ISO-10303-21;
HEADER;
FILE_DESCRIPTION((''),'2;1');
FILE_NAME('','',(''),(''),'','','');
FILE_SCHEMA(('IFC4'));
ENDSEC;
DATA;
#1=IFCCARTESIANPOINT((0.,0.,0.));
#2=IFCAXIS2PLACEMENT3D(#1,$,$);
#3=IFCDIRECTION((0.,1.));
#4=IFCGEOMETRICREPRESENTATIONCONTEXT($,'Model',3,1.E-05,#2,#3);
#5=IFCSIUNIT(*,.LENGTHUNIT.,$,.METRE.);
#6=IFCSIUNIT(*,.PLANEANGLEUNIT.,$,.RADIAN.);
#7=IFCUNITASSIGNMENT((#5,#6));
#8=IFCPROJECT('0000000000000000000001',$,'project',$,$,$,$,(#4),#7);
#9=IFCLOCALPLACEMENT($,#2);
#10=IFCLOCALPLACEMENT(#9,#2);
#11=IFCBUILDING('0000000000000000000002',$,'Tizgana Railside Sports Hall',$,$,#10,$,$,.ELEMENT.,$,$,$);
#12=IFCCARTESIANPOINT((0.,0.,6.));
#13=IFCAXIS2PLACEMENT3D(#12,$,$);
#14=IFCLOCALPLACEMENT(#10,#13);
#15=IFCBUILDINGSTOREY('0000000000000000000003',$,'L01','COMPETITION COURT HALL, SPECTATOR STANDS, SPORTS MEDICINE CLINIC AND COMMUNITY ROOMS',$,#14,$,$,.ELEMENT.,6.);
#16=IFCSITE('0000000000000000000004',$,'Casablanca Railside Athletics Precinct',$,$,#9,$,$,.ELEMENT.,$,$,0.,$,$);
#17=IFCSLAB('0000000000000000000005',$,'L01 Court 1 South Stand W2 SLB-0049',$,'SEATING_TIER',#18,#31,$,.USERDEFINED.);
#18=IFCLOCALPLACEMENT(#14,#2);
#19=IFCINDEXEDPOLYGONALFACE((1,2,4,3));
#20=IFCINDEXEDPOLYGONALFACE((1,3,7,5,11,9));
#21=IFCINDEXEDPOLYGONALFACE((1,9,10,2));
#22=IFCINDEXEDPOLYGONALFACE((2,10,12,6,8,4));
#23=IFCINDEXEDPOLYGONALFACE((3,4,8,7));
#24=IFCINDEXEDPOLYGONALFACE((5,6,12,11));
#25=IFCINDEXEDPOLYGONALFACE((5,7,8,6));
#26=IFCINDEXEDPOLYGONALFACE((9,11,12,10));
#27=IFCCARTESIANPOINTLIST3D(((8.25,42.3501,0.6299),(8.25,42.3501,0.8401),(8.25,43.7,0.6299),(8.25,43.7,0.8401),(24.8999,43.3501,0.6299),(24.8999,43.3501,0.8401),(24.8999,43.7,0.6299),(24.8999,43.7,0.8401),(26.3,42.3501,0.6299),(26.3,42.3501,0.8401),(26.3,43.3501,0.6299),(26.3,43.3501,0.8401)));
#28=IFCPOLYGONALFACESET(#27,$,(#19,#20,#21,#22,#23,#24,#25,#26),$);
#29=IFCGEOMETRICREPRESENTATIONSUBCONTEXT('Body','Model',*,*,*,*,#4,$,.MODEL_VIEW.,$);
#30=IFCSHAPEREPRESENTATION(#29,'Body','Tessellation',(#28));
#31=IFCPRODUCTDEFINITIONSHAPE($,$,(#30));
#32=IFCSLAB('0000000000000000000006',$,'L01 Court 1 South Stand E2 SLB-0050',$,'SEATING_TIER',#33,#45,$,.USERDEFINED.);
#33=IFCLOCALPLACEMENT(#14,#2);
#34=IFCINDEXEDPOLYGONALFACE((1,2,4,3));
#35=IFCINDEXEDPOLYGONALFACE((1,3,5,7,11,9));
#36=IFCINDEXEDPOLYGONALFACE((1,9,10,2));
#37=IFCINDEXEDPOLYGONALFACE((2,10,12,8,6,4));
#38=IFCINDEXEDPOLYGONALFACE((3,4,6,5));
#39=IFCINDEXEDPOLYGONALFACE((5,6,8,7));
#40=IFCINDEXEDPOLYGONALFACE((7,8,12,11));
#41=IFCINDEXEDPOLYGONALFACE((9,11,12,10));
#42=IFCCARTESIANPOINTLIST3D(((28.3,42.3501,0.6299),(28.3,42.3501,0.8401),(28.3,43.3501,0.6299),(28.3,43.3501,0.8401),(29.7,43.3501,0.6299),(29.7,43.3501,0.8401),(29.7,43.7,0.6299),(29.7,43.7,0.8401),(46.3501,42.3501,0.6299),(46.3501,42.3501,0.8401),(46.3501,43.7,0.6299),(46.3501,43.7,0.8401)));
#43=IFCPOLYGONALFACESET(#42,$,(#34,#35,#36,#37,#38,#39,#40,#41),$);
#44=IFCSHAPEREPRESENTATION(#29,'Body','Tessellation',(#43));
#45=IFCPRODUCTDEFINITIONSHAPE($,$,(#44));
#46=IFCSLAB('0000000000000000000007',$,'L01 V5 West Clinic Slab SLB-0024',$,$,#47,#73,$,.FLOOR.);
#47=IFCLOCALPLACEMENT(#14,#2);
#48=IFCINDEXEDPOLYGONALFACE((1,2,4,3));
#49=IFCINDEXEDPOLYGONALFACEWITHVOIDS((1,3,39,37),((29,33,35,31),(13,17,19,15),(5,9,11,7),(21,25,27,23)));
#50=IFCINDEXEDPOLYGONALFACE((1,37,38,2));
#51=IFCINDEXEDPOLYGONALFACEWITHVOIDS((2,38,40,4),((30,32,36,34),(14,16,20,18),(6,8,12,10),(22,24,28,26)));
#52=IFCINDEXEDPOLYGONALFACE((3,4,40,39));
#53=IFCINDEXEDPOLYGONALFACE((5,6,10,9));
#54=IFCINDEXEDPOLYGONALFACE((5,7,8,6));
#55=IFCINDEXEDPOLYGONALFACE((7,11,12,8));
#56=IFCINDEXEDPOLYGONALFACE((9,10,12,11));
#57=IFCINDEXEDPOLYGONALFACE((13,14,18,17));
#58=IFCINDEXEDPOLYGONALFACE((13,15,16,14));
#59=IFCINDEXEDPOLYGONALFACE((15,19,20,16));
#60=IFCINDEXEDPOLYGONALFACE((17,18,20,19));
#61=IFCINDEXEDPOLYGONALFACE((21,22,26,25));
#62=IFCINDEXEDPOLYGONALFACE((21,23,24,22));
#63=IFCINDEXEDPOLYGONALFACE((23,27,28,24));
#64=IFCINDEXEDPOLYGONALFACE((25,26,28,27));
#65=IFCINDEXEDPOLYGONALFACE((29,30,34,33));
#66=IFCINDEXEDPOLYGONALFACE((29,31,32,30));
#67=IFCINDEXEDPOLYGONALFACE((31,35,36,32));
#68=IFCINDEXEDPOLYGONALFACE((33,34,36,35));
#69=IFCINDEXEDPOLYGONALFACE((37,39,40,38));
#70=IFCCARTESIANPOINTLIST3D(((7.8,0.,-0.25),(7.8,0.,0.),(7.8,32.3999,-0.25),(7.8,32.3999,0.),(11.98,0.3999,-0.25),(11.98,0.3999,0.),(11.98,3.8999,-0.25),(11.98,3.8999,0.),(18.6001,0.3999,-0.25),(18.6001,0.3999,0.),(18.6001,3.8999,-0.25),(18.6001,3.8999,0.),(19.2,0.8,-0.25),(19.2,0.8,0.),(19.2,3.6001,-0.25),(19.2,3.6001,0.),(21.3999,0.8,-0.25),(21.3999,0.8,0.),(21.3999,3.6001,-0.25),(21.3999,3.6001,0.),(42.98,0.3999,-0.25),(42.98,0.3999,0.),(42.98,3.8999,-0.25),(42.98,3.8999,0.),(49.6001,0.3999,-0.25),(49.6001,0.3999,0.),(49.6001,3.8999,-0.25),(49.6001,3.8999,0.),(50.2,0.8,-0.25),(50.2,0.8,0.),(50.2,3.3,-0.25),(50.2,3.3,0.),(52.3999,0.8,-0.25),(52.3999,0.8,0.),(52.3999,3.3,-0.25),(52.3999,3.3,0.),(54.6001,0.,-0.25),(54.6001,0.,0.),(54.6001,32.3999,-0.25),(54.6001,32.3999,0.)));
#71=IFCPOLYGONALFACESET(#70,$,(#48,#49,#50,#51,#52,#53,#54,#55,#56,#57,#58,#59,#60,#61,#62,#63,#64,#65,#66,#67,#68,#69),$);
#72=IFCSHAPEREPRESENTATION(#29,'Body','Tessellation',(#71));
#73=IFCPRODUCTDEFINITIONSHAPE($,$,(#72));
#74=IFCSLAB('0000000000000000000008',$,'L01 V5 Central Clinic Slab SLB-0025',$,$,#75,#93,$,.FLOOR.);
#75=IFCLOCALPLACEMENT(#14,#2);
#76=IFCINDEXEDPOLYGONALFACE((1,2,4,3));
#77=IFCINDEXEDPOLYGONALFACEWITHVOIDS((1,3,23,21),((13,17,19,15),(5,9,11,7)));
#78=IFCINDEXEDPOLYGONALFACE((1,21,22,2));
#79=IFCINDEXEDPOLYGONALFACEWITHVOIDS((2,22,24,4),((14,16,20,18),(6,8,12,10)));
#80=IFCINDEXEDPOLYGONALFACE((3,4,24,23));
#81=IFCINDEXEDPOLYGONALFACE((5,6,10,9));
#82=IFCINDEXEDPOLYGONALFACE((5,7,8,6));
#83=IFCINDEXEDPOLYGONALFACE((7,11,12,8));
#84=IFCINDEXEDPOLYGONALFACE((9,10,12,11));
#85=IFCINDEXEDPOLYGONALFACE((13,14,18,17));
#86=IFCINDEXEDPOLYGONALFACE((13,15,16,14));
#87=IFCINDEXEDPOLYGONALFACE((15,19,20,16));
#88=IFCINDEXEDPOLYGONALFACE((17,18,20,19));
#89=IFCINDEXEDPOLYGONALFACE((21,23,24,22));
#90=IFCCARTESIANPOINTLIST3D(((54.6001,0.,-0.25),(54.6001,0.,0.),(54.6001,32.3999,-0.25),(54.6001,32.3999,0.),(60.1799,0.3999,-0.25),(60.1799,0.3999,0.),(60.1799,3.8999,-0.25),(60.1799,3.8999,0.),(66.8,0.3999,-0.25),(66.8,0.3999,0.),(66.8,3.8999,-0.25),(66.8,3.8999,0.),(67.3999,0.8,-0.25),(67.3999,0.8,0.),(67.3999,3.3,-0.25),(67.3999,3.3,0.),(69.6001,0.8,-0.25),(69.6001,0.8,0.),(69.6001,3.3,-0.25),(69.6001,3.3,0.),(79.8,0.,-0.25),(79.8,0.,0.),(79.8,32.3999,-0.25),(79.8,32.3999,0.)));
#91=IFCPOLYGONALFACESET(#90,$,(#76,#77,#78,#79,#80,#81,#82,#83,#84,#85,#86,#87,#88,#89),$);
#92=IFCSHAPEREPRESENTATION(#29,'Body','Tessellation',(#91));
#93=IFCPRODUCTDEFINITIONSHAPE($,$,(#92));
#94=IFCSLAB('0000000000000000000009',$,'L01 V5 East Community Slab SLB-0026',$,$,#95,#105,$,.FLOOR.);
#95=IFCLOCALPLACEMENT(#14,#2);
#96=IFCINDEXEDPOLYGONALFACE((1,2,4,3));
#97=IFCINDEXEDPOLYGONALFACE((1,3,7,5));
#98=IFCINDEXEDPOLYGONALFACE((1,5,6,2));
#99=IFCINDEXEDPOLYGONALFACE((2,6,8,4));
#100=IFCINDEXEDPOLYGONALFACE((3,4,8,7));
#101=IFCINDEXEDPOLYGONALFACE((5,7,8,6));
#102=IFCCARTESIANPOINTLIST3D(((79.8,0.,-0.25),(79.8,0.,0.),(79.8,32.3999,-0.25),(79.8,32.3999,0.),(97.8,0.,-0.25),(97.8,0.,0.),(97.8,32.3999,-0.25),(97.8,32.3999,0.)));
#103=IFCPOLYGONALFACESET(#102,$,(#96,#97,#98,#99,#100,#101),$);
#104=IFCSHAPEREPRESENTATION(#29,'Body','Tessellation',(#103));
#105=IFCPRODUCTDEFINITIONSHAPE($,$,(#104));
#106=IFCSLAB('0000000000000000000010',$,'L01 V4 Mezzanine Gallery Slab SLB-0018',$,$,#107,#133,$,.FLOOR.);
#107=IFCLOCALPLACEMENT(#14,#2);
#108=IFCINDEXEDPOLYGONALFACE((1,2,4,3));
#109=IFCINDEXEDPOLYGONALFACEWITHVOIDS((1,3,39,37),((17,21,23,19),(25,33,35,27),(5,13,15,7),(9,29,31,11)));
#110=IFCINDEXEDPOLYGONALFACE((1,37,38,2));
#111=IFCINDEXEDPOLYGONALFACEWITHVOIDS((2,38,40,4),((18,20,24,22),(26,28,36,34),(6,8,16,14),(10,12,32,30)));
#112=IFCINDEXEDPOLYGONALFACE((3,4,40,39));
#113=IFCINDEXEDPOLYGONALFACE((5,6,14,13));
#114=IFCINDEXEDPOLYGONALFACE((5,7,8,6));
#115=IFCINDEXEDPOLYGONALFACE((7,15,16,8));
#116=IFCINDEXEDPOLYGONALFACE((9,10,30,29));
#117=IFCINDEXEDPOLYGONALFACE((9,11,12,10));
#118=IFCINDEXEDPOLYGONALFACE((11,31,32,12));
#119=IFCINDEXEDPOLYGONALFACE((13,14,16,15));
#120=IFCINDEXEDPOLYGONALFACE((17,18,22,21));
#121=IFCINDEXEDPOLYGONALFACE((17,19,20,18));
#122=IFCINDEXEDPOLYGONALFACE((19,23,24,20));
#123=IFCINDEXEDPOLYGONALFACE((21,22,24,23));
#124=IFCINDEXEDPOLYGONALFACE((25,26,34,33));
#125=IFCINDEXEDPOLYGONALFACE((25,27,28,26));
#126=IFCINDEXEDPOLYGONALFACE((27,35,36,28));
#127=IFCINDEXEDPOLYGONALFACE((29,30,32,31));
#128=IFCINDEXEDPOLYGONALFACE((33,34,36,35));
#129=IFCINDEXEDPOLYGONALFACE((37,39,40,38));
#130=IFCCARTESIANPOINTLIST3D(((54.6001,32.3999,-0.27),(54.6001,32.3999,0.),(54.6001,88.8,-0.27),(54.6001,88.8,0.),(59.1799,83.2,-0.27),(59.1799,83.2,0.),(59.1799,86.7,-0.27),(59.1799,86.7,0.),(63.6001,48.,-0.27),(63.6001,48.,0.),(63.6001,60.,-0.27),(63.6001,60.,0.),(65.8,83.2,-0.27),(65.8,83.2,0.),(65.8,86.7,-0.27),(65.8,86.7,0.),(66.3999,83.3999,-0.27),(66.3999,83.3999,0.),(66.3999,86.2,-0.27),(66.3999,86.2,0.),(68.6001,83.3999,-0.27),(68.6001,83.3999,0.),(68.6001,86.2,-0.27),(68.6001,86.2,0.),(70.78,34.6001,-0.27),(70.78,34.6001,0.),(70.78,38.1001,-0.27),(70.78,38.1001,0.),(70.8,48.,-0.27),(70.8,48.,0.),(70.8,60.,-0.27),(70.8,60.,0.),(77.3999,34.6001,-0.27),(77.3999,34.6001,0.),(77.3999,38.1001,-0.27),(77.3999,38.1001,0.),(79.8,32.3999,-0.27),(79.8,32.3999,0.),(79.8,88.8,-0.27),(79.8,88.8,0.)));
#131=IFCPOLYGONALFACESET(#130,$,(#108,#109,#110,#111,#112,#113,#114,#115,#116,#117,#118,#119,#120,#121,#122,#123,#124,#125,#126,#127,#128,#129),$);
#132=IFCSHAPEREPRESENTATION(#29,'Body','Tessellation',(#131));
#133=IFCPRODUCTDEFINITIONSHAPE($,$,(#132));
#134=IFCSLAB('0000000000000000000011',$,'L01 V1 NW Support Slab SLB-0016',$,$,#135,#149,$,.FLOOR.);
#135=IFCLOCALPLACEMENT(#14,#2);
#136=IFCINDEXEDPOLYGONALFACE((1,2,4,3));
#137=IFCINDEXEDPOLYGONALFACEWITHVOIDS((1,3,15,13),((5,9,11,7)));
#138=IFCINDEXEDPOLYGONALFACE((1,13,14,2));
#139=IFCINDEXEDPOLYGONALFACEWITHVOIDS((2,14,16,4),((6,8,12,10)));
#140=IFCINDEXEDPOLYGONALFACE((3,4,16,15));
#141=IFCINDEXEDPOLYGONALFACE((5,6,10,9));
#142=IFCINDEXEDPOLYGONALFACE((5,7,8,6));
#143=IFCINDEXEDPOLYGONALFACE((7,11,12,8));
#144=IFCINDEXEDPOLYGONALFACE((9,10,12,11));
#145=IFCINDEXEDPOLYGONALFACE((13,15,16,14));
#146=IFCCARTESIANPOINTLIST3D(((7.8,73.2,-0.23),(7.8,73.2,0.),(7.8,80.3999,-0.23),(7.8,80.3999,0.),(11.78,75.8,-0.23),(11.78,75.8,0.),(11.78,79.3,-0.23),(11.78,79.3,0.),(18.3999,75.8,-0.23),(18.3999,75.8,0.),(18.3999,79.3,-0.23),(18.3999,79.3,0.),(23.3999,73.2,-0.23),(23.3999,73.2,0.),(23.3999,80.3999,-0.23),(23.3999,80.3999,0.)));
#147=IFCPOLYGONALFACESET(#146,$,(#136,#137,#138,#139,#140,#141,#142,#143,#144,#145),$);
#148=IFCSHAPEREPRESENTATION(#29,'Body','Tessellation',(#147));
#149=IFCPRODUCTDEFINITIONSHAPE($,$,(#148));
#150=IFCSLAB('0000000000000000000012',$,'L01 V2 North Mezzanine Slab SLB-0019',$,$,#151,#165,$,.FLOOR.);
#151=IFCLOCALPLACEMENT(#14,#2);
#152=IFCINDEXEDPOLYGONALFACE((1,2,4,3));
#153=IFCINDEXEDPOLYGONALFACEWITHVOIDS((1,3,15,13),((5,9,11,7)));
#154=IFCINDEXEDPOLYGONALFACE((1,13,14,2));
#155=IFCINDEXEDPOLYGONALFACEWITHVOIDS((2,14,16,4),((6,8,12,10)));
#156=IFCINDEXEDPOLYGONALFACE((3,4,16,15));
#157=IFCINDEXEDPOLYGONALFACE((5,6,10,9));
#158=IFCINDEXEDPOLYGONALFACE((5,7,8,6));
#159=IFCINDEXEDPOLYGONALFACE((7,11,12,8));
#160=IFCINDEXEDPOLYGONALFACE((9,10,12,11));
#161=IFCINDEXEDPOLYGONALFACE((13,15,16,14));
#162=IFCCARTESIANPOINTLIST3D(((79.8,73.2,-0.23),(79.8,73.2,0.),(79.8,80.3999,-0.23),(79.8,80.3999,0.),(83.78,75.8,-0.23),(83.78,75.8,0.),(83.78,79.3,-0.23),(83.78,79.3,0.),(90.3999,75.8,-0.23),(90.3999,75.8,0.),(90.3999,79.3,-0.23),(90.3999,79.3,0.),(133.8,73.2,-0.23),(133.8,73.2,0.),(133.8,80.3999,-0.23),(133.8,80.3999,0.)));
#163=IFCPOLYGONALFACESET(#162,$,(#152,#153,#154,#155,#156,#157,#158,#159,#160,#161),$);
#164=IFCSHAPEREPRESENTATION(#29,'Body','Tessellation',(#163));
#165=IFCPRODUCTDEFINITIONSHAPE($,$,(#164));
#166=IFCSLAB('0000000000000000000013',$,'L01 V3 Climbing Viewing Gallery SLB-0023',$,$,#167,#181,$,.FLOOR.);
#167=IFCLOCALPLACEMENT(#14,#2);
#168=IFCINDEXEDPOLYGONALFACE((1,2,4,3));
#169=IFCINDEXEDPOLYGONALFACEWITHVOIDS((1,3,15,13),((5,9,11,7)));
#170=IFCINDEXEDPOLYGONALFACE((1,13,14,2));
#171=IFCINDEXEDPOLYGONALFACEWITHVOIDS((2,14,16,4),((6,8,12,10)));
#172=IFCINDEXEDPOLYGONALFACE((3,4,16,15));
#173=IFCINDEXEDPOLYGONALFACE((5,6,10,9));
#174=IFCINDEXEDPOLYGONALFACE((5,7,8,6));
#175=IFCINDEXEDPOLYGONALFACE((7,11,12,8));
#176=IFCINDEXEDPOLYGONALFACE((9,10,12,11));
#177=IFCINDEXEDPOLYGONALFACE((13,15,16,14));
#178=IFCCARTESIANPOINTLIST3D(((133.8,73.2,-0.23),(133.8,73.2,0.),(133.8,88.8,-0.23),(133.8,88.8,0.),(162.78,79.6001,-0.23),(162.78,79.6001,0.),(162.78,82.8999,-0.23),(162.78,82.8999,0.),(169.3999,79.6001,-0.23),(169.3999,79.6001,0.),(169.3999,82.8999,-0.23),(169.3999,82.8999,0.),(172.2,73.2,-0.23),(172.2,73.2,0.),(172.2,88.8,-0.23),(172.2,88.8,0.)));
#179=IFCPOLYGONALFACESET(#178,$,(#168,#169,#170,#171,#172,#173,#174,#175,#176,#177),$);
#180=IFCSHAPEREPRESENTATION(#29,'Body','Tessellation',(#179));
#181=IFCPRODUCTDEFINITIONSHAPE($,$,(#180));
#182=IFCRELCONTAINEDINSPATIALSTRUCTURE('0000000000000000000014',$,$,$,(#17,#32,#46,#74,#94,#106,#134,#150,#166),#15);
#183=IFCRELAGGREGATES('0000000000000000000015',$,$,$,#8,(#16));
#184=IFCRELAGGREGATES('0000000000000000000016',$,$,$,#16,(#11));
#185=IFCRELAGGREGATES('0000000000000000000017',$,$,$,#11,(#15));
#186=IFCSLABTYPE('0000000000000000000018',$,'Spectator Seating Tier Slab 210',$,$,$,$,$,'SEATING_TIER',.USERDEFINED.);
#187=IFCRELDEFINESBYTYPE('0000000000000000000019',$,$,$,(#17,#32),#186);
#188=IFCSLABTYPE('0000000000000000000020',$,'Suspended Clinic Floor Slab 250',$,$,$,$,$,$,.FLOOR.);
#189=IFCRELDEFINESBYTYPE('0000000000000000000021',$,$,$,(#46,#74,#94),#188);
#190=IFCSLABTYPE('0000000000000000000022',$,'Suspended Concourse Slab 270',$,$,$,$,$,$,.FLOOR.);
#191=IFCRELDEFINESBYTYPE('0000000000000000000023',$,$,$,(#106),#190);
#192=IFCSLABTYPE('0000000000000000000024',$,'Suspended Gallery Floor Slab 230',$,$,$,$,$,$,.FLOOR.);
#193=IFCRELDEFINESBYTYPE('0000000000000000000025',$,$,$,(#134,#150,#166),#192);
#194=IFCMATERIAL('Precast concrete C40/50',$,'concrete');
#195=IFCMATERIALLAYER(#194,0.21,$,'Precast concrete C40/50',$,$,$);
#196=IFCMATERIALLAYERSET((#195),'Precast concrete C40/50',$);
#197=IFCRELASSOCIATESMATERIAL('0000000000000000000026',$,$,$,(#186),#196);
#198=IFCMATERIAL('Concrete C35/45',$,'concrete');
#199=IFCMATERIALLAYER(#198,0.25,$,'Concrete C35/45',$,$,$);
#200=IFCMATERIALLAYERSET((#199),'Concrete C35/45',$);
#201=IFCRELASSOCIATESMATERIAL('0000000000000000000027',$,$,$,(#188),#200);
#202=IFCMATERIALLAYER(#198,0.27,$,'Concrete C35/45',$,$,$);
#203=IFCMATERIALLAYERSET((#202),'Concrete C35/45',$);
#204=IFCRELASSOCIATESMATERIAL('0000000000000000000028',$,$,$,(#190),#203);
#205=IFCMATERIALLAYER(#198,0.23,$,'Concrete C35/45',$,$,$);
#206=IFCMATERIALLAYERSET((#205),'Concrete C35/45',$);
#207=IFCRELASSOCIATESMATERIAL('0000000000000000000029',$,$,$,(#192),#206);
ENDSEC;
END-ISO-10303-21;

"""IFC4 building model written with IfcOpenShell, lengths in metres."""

from ifc_helpers import new_model, si_unit, direction, frame, origin, place, context, subcontext, project, spatial, polyline, outline, extrude, material, layer, layer_set, type_object, element, save


model = new_model("IFC4")

# Units and contexts
model_context = context("Model", 3, precision=1e-05, world=origin(), true_north=direction((0.0, 1.0)))
body_context = subcontext(model_context, "Body", "Model", "MODEL_VIEW")
ifc_project = project(units=[si_unit("LENGTHUNIT", "METRE"), si_unit("PLANEANGLEUNIT", "RADIAN")], contexts=[model_context])

# Site, building, storey
site_placement = place(None, origin())
site = spatial("IfcSite", under=ifc_project, at=site_placement, Name="Casablanca Railside Athletics Precinct", CompositionType="ELEMENT", RefElevation=0.0)
building_placement = place(site_placement, origin())
building = spatial("IfcBuilding", under=site, at=building_placement, Name="Tizgana Railside Sports Hall", CompositionType="ELEMENT")
storey_placement = place(building_placement, frame((0.0, 0.0, 6.0)))
storey = spatial("IfcBuildingStorey", under=building, at=storey_placement, Name="L01", Description="COMPETITION COURT HALL, SPECTATOR STANDS, SPORTS MEDICINE CLINIC AND COMMUNITY ROOMS", CompositionType="ELEMENT", Elevation=6.0)

# Shared definitions
ifc_material_1 = material(Name="Concrete C35/45", Category="concrete")

# Slabs
ifc_material_2 = material(Name="Precast concrete C40/50", Category="concrete")
ifc_layer_1 = layer(ifc_material_2, 0.21, Name="Precast concrete C40/50")
ifc_layer_set_1 = layer_set([ifc_layer_1], Name="Precast concrete C40/50")
slab_type_1 = type_object("IfcSlabType", Name="Spectator Seating Tier Slab 210", ElementType="SEATING_TIER", PredefinedType="USERDEFINED", material=ifc_layer_set_1)
slab_1_placement = place(storey_placement, frame((0.0, 0.0, 0.6299)))
element("IfcSlab", 1, at=slab_1_placement, inside=storey, type_object=slab_type_1, Name="L01 Court 1 South Stand W2 SLB-0049", ObjectType="SEATING_TIER", PredefinedType="USERDEFINED", context=body_context, shape_type="SweptSolid", body=[
    extrude(outline(polyline([(8.25, 42.3501), (26.3, 42.3501), (26.3, 43.3501), (24.8999, 43.3501), (24.8999, 43.7), (8.25, 43.7), (8.25, 42.3501)])), origin(), (0.0, 0.0, 1.0), 0.2102),
])
slab_2_placement = place(storey_placement, frame((0.0, 0.0, 0.6299)))
element("IfcSlab", 2, at=slab_2_placement, inside=storey, type_object=slab_type_1, Name="L01 Court 1 South Stand E2 SLB-0050", ObjectType="SEATING_TIER", PredefinedType="USERDEFINED", context=body_context, shape_type="SweptSolid", body=[
    extrude(outline(polyline([(28.3, 42.3501), (46.3501, 42.3501), (46.3501, 43.7), (29.7, 43.7), (29.7, 43.3501), (28.3, 43.3501), (28.3, 42.3501)])), origin(), (0.0, 0.0, 1.0), 0.2102),
])
ifc_layer_2 = layer(ifc_material_1, 0.25, Name="Concrete C35/45")
ifc_layer_set_2 = layer_set([ifc_layer_2], Name="Concrete C35/45")
slab_type_2 = type_object("IfcSlabType", Name="Suspended Clinic Floor Slab 250", PredefinedType="FLOOR", material=ifc_layer_set_2)
slab_3_placement = place(storey_placement, frame((0.0, 0.0, -0.25)))
element("IfcSlab", 3, at=slab_3_placement, inside=storey, type_object=slab_type_2, Name="L01 V5 West Clinic Slab SLB-0024", PredefinedType="FLOOR", context=body_context, shape_type="SweptSolid", body=[
    extrude(outline(polyline([(7.8, 0.0), (54.6001, 0.0), (54.6001, 32.3999), (7.8, 32.3999), (7.8, 0.0)]), holes=[polyline([(11.98, 0.3999), (18.6001, 0.3999), (18.6001, 3.8999), (11.98, 3.8999), (11.98, 0.3999)]), polyline([(19.2, 0.8), (21.3999, 0.8), (21.3999, 3.6001), (19.2, 3.6001), (19.2, 0.8)]), polyline([(42.98, 0.3999), (49.6001, 0.3999), (49.6001, 3.8999), (42.98, 3.8999), (42.98, 0.3999)]), polyline([(50.2, 0.8), (52.3999, 0.8), (52.3999, 3.3), (50.2, 3.3), (50.2, 0.8)])]), origin(), (0.0, 0.0, 1.0), 0.25),
])
slab_4_placement = place(storey_placement, frame((0.0, 0.0, -0.25)))
element("IfcSlab", 4, at=slab_4_placement, inside=storey, type_object=slab_type_2, Name="L01 V5 Central Clinic Slab SLB-0025", PredefinedType="FLOOR", context=body_context, shape_type="SweptSolid", body=[
    extrude(outline(polyline([(54.6001, 0.0), (79.8, 0.0), (79.8, 32.3999), (54.6001, 32.3999), (54.6001, 0.0)]), holes=[polyline([(60.1799, 0.3999), (66.8, 0.3999), (66.8, 3.8999), (60.1799, 3.8999), (60.1799, 0.3999)]), polyline([(67.3999, 0.8), (69.6001, 0.8), (69.6001, 3.3), (67.3999, 3.3), (67.3999, 0.8)])]), origin(), (0.0, 0.0, 1.0), 0.25),
])
slab_5_placement = place(storey_placement, frame((0.0, 0.0, -0.25)))
element("IfcSlab", 5, at=slab_5_placement, inside=storey, type_object=slab_type_2, Name="L01 V5 East Community Slab SLB-0026", PredefinedType="FLOOR", context=body_context, shape_type="SweptSolid", body=[
    extrude(outline(polyline([(79.8, 0.0), (97.8, 0.0), (97.8, 32.3999), (79.8, 32.3999), (79.8, 0.0)])), origin(), (0.0, 0.0, 1.0), 0.25),
])
ifc_layer_3 = layer(ifc_material_1, 0.27, Name="Concrete C35/45")
ifc_layer_set_3 = layer_set([ifc_layer_3], Name="Concrete C35/45")
slab_type_3 = type_object("IfcSlabType", Name="Suspended Concourse Slab 270", PredefinedType="FLOOR", material=ifc_layer_set_3)
slab_6_placement = place(storey_placement, frame((0.0, 0.0, -0.27)))
element("IfcSlab", 6, at=slab_6_placement, inside=storey, type_object=slab_type_3, Name="L01 V4 Mezzanine Gallery Slab SLB-0018", PredefinedType="FLOOR", context=body_context, shape_type="SweptSolid", body=[
    extrude(outline(polyline([(54.6001, 32.3999), (79.8, 32.3999), (79.8, 88.8), (54.6001, 88.8), (54.6001, 32.3999)]), holes=[polyline([(59.1799, 83.2), (65.8, 83.2), (65.8, 86.7), (59.1799, 86.7), (59.1799, 83.2)]), polyline([(66.3999, 83.3999), (68.6001, 83.3999), (68.6001, 86.2), (66.3999, 86.2), (66.3999, 83.3999)]), polyline([(70.78, 34.6001), (77.3999, 34.6001), (77.3999, 38.1001), (70.78, 38.1001), (70.78, 34.6001)]), polyline([(63.6001, 48.0), (70.8, 48.0), (70.8, 60.0), (63.6001, 60.0), (63.6001, 48.0)])]), origin(), (0.0, 0.0, 1.0), 0.27),
])
ifc_layer_4 = layer(ifc_material_1, 0.23, Name="Concrete C35/45")
ifc_layer_set_4 = layer_set([ifc_layer_4], Name="Concrete C35/45")
slab_type_4 = type_object("IfcSlabType", Name="Suspended Gallery Floor Slab 230", PredefinedType="FLOOR", material=ifc_layer_set_4)
slab_7_placement = place(storey_placement, frame((0.0, 0.0, -0.23)))
element("IfcSlab", 7, at=slab_7_placement, inside=storey, type_object=slab_type_4, Name="L01 V1 NW Support Slab SLB-0016", PredefinedType="FLOOR", context=body_context, shape_type="SweptSolid", body=[
    extrude(outline(polyline([(7.8, 73.2), (23.3999, 73.2), (23.3999, 80.3999), (7.8, 80.3999), (7.8, 73.2)]), holes=[polyline([(11.78, 75.8), (18.3999, 75.8), (18.3999, 79.3), (11.78, 79.3), (11.78, 75.8)])]), origin(), (0.0, 0.0, 1.0), 0.23),
])
slab_8_placement = place(storey_placement, frame((0.0, 0.0, -0.23)))
element("IfcSlab", 8, at=slab_8_placement, inside=storey, type_object=slab_type_4, Name="L01 V2 North Mezzanine Slab SLB-0019", PredefinedType="FLOOR", context=body_context, shape_type="SweptSolid", body=[
    extrude(outline(polyline([(79.8, 73.2), (133.8, 73.2), (133.8, 80.3999), (79.8, 80.3999), (79.8, 73.2)]), holes=[polyline([(83.78, 75.8), (90.3999, 75.8), (90.3999, 79.3), (83.78, 79.3), (83.78, 75.8)])]), origin(), (0.0, 0.0, 1.0), 0.23),
])
slab_9_placement = place(storey_placement, frame((0.0, 0.0, -0.23)))
element("IfcSlab", 9, at=slab_9_placement, inside=storey, type_object=slab_type_4, Name="L01 V3 Climbing Viewing Gallery SLB-0023", PredefinedType="FLOOR", context=body_context, shape_type="SweptSolid", body=[
    extrude(outline(polyline([(133.8, 73.2), (172.2, 73.2), (172.2, 88.8), (133.8, 88.8), (133.8, 73.2)]), holes=[polyline([(162.78, 79.6001), (169.3999, 79.6001), (169.3999, 82.8999), (162.78, 82.8999), (162.78, 79.6001)])]), origin(), (0.0, 0.0, 1.0), 0.23),
])

save(model, "model.ifc")
